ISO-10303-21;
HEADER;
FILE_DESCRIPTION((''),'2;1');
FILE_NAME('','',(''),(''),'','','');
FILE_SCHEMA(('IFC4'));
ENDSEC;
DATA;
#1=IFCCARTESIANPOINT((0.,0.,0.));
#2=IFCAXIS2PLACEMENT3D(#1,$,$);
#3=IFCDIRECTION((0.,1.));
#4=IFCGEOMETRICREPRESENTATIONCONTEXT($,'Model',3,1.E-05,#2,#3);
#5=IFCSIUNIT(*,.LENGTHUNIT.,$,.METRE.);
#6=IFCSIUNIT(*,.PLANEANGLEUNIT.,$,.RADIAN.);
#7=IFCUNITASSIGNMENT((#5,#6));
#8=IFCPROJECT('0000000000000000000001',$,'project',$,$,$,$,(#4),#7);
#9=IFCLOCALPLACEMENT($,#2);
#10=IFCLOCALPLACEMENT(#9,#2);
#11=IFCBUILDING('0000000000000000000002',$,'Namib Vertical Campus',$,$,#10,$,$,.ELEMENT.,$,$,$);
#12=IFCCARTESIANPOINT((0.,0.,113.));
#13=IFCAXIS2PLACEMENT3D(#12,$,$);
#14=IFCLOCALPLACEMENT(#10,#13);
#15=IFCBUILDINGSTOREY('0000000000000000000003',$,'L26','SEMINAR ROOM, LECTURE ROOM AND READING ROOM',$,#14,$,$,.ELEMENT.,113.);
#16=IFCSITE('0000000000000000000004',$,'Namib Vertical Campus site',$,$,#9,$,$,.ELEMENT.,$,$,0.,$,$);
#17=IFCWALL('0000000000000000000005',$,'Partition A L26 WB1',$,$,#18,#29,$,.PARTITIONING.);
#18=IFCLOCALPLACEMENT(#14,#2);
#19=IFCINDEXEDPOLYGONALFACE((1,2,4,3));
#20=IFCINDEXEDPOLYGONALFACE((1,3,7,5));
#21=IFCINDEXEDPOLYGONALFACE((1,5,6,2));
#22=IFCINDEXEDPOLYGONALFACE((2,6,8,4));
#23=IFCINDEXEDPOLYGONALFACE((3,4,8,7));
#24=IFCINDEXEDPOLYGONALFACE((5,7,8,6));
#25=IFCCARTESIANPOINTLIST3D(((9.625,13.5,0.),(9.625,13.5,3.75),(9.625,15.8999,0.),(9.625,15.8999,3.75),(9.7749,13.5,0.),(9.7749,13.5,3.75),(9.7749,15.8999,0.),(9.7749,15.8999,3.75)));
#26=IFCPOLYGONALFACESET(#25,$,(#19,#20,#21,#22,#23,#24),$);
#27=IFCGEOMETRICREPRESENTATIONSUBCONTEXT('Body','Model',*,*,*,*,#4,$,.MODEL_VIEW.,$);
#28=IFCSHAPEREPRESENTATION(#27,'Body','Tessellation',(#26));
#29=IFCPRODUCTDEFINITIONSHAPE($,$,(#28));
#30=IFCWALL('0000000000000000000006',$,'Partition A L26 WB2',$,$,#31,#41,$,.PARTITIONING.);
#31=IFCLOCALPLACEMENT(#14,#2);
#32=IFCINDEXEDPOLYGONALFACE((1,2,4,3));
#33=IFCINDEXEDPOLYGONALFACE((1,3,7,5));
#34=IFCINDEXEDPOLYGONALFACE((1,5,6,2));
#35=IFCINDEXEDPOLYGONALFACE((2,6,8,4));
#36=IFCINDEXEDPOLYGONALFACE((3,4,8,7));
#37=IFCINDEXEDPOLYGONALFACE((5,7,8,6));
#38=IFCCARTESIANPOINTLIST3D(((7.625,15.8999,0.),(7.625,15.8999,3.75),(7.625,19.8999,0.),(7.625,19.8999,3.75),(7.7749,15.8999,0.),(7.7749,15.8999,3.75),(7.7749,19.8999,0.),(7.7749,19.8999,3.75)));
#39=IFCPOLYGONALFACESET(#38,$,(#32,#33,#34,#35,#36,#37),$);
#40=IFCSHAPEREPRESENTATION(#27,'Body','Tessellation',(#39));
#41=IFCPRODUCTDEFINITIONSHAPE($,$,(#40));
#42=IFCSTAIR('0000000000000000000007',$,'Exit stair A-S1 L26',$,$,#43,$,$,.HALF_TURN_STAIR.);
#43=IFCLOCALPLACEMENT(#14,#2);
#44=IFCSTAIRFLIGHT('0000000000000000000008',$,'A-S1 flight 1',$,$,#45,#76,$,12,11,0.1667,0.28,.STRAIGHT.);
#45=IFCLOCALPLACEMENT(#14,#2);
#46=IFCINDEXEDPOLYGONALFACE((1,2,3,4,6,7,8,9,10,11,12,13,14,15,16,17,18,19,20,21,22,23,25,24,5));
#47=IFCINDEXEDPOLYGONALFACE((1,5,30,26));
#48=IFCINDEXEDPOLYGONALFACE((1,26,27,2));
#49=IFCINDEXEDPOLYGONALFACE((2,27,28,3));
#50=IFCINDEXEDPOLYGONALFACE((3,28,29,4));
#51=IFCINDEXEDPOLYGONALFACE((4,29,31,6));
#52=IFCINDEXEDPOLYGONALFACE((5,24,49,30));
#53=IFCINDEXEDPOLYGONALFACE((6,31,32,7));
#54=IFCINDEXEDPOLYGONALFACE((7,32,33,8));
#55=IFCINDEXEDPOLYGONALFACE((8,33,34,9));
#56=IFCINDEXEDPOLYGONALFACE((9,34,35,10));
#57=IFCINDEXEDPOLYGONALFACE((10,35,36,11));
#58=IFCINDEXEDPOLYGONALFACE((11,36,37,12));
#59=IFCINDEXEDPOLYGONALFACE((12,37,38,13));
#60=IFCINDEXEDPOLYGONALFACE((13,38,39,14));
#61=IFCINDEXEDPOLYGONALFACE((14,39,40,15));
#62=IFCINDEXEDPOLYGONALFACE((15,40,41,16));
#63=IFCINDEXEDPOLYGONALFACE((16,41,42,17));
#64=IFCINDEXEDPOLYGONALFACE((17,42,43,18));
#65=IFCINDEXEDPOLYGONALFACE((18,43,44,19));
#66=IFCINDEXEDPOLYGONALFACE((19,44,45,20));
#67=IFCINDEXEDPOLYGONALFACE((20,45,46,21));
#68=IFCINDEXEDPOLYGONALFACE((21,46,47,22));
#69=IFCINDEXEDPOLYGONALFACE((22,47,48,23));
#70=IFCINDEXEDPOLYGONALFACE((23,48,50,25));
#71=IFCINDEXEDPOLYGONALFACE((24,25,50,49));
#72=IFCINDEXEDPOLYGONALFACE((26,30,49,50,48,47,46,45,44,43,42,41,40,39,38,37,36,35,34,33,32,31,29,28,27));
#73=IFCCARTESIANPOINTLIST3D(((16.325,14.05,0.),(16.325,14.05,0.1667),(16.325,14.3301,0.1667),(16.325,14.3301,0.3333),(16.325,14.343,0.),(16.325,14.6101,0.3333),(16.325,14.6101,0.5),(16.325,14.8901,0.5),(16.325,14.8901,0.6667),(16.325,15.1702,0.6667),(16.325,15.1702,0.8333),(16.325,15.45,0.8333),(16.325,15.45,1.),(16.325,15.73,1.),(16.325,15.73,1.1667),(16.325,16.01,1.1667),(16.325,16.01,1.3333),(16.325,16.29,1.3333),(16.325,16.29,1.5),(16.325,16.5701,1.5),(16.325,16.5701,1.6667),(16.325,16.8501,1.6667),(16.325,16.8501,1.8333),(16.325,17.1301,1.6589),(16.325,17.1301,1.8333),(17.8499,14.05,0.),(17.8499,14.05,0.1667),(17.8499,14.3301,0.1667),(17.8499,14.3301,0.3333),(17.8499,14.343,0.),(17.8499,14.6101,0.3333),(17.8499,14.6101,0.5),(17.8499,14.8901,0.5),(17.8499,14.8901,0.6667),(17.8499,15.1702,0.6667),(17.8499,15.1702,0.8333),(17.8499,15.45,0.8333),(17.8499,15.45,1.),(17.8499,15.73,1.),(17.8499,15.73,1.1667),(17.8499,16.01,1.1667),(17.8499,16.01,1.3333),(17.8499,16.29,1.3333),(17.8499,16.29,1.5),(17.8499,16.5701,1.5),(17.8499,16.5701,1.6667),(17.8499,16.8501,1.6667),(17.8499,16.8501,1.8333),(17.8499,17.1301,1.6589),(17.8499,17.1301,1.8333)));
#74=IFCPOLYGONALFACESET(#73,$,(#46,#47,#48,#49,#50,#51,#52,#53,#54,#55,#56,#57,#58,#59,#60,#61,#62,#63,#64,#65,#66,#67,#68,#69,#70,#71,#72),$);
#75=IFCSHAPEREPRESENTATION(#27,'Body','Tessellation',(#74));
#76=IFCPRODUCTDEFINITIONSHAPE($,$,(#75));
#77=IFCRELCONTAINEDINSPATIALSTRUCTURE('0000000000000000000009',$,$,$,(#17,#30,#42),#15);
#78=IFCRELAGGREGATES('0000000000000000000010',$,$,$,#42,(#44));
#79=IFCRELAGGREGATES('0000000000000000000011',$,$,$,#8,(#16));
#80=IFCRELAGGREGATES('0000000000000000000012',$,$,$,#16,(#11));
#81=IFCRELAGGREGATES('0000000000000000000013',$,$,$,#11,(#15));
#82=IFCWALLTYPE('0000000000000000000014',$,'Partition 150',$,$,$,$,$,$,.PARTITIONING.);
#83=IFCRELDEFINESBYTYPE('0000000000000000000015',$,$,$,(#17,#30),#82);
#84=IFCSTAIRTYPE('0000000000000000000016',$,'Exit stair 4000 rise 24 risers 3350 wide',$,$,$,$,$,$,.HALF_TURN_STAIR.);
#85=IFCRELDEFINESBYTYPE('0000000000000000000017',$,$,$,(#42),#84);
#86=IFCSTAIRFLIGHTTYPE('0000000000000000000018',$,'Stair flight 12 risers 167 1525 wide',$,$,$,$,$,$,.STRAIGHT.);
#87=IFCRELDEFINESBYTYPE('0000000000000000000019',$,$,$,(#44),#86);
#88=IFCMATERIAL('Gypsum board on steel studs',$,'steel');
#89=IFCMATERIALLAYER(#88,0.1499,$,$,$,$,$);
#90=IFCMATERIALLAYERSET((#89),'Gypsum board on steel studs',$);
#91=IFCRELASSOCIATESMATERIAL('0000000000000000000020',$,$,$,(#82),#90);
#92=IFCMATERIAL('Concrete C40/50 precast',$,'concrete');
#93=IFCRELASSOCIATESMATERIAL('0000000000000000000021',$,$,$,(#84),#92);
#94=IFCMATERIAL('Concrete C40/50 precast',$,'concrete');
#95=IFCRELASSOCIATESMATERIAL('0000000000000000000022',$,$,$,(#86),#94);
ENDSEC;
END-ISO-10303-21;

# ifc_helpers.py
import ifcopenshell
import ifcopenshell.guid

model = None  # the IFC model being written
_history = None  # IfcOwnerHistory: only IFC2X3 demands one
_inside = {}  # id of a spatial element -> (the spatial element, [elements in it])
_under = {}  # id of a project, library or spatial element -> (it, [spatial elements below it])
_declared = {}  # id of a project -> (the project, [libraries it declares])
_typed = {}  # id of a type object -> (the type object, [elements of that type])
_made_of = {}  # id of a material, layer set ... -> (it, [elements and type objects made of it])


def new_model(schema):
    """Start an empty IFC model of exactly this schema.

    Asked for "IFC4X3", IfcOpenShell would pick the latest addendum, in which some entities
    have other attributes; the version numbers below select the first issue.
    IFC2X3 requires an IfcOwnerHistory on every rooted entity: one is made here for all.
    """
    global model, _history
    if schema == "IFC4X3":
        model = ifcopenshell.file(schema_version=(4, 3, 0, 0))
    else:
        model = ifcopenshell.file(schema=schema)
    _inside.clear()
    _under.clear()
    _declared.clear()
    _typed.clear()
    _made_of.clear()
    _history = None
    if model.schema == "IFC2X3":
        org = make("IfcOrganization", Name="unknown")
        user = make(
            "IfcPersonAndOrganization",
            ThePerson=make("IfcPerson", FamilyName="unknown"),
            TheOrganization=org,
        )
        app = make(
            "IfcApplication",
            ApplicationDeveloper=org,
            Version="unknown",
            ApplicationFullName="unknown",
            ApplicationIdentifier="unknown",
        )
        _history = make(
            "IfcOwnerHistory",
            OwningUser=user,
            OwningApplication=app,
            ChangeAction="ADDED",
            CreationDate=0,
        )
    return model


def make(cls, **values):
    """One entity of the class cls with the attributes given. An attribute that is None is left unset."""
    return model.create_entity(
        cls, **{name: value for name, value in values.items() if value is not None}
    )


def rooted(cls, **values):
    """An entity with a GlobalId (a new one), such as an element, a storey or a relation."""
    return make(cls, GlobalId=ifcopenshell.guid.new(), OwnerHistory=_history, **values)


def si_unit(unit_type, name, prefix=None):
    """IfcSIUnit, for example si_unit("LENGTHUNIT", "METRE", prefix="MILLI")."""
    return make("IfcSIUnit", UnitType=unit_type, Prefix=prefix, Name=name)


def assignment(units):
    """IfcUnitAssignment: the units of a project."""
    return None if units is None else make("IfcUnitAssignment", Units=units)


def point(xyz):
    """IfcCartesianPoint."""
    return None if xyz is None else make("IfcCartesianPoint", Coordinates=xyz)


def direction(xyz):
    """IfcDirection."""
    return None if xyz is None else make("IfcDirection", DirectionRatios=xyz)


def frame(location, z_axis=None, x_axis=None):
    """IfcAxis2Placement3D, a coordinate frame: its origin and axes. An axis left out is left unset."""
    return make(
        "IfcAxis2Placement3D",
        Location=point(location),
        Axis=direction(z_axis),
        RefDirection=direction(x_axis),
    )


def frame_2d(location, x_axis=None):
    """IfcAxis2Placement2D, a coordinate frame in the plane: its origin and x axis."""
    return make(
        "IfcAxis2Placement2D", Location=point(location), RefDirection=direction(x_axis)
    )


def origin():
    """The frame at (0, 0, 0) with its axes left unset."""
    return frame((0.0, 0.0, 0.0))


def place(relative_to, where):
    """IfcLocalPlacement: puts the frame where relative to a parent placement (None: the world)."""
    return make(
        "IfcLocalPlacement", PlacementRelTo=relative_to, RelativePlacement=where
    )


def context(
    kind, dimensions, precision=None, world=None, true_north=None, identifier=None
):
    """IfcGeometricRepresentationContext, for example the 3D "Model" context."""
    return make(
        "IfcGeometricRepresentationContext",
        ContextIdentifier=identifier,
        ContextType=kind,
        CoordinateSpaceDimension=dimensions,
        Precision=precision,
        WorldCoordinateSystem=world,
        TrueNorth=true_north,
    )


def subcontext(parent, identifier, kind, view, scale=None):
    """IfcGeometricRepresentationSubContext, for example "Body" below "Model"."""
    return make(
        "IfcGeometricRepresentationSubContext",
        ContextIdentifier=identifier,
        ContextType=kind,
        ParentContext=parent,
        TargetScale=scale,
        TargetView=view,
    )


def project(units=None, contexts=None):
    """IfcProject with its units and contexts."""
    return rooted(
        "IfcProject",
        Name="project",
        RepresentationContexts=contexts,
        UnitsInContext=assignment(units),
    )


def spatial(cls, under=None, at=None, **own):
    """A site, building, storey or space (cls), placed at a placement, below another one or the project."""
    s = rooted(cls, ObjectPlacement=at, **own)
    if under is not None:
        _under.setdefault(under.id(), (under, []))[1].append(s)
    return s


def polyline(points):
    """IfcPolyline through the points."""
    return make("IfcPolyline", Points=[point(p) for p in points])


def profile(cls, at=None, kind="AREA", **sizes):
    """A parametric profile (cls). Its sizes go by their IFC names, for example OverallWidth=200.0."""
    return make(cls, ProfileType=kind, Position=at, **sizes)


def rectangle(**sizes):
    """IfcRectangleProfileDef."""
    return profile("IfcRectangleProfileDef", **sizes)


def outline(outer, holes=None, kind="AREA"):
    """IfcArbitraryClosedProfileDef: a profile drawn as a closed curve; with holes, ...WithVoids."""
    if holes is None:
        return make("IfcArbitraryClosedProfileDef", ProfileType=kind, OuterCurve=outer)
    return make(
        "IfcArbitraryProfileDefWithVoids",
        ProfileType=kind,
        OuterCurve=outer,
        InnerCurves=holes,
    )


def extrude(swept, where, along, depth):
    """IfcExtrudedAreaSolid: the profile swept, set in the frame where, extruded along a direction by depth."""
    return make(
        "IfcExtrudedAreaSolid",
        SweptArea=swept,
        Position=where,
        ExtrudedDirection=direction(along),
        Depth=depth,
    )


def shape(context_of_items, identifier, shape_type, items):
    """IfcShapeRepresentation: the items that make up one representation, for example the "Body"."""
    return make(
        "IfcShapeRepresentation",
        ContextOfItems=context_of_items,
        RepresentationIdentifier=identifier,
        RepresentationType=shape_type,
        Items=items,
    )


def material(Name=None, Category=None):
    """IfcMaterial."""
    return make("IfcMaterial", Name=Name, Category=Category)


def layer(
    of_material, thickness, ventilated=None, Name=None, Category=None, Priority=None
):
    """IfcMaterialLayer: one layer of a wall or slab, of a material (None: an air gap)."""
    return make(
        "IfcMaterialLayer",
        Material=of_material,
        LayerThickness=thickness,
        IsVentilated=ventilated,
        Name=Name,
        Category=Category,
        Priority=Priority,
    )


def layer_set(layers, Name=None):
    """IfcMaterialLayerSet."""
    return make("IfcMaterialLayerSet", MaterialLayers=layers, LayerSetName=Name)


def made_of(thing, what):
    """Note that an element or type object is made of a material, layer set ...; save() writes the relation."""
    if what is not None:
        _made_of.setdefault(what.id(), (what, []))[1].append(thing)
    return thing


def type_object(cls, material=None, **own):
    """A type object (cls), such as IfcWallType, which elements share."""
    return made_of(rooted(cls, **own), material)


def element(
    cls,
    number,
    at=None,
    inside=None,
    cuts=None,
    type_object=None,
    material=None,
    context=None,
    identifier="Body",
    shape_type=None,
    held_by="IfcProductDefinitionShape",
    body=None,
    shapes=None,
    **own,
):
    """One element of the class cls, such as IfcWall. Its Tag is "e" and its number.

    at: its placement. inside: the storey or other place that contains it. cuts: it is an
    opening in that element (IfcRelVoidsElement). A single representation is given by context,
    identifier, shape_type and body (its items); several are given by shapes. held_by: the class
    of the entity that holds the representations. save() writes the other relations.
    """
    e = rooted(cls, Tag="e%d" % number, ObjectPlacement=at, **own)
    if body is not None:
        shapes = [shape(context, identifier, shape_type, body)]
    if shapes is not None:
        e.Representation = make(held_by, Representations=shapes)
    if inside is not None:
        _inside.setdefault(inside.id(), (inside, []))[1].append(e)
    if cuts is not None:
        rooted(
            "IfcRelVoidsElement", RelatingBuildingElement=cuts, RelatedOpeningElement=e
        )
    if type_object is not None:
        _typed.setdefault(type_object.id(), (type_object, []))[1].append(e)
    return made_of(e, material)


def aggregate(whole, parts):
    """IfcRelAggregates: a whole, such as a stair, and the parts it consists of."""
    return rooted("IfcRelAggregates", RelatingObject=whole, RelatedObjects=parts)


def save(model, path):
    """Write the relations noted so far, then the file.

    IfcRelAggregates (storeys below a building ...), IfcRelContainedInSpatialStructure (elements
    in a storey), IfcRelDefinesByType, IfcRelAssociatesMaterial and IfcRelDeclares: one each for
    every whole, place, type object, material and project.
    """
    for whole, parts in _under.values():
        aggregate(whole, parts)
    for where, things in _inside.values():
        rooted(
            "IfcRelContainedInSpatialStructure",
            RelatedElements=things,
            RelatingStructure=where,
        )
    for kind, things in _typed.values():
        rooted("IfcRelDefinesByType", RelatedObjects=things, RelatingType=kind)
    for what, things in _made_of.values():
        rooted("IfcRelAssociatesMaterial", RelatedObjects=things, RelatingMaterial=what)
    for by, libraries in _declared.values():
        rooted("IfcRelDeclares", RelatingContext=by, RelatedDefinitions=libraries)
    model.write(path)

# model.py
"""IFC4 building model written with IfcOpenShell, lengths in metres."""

from ifc_helpers import new_model, si_unit, direction, frame, frame_2d, origin, place, context, subcontext, project, spatial, polyline, rectangle, outline, extrude, material, layer, layer_set, type_object, element, aggregate, save


model = new_model("IFC4")

# Units and contexts
model_context = context("Model", 3, precision=1e-05, world=origin(), true_north=direction((0.0, 1.0)))
body_context = subcontext(model_context, "Body", "Model", "MODEL_VIEW")
ifc_project = project(units=[si_unit("LENGTHUNIT", "METRE"), si_unit("PLANEANGLEUNIT", "RADIAN")], contexts=[model_context])

# Site, building, storey
site_placement = place(None, origin())
site = spatial("IfcSite", under=ifc_project, at=site_placement, Name="Namib Vertical Campus site", CompositionType="ELEMENT", RefElevation=0.0)
building_placement = place(site_placement, origin())
building = spatial("IfcBuilding", under=site, at=building_placement, Name="Namib Vertical Campus", CompositionType="ELEMENT")
storey_placement = place(building_placement, frame((0.0, 0.0, 113.0)))
storey = spatial("IfcBuildingStorey", under=building, at=storey_placement, Name="L26", Description="SEMINAR ROOM, LECTURE ROOM AND READING ROOM", CompositionType="ELEMENT", Elevation=113.0)

# Walls
ifc_material_1 = material(Name="Gypsum board on steel studs", Category="steel")
ifc_layer_1 = layer(ifc_material_1, 0.1499)
ifc_layer_set_1 = layer_set([ifc_layer_1], Name="Gypsum board on steel studs")
wall_type_1 = type_object("IfcWallType", Name="Partition 150", PredefinedType="PARTITIONING", material=ifc_layer_set_1)
wall_1_placement = place(storey_placement, frame((9.7, 13.5, 0.0), z_axis=(0.0, 0.0, 1.0), x_axis=(0.0, 1.0, 0.0)))
element("IfcWall", 1, at=wall_1_placement, inside=storey, type_object=wall_type_1, Name="Partition A L26 WB1", PredefinedType="PARTITIONING", context=body_context, shape_type="SweptSolid", body=[
    extrude(rectangle(XDim=2.3999, YDim=0.1499, at=frame_2d((1.2, 0.0))), origin(), (0.0, 0.0, 1.0), 3.75),
])
wall_2_placement = place(storey_placement, frame((7.7, 15.8999, 0.0), z_axis=(0.0, 0.0, 1.0), x_axis=(0.0, 1.0, 0.0)))
element("IfcWall", 2, at=wall_2_placement, inside=storey, type_object=wall_type_1, Name="Partition A L26 WB2", PredefinedType="PARTITIONING", context=body_context, shape_type="SweptSolid", body=[
    extrude(rectangle(XDim=4.0, YDim=0.1499, at=frame_2d((2.0, 0.0))), origin(), (0.0, 0.0, 1.0), 3.75),
])

# Stair, stair flight
ifc_material_2 = material(Name="Concrete C40/50 precast", Category="concrete")
stair_type = type_object("IfcStairType", Name="Exit stair 4000 rise 24 risers 3350 wide", PredefinedType="HALF_TURN_STAIR", material=ifc_material_2)
stair_placement = place(storey_placement, origin())
stair = element("IfcStair", 3, at=stair_placement, inside=storey, type_object=stair_type, Name="Exit stair A-S1 L26", PredefinedType="HALF_TURN_STAIR")
ifc_material_3 = material(Name="Concrete C40/50 precast", Category="concrete")
stair_flight_type = type_object("IfcStairFlightType", Name="Stair flight 12 risers 167 1525 wide", PredefinedType="STRAIGHT", material=ifc_material_3)
stair_flight_placement = place(storey_placement, frame((17.0874, 14.05, 0.0), z_axis=(0.0, 0.0, 1.0), x_axis=(0.0, 1.0, 0.0)))
stair_flight = element("IfcStairFlight", 4, at=stair_flight_placement, type_object=stair_flight_type, Name="A-S1 flight 1", NumberOfRisers=12, NumberOfTreads=11, PredefinedType="STRAIGHT", RiserHeight=0.1667, TreadLength=0.28, context=body_context, shape_type="SweptSolid", body=[
    extrude(outline(polyline([(0.0, 0.0), (0.0, 0.1667), (0.28, 0.1667), (0.28, 0.3333), (0.5601, 0.3333), (0.5601, 0.5), (0.8401, 0.5), (0.8401, 0.6667), (1.1201, 0.6667), (1.1201, 0.8333), (1.3999, 0.8333), (1.3999, 1.0), (1.6799, 1.0), (1.6799, 1.1667), (1.96, 1.1667), (1.96, 1.3333), (2.24, 1.3333), (2.24, 1.5), (2.52, 1.5), (2.52, 1.6667), (2.8, 1.6667), (2.8, 1.8333), (3.0801, 1.8333), (3.0801, 2.0), (3.0801, 1.6589), (0.293, 0.0), (0.0, 0.0)])), frame((0.0, 0.7625, 0.0), z_axis=(0.0, -1.0, 0.0), x_axis=(1.0, 0.0, 0.0)), (0.0, 0.0, 1.0), 1.5249),
])
aggregate(stair, [stair_flight])

save(model, "model.ifc")
